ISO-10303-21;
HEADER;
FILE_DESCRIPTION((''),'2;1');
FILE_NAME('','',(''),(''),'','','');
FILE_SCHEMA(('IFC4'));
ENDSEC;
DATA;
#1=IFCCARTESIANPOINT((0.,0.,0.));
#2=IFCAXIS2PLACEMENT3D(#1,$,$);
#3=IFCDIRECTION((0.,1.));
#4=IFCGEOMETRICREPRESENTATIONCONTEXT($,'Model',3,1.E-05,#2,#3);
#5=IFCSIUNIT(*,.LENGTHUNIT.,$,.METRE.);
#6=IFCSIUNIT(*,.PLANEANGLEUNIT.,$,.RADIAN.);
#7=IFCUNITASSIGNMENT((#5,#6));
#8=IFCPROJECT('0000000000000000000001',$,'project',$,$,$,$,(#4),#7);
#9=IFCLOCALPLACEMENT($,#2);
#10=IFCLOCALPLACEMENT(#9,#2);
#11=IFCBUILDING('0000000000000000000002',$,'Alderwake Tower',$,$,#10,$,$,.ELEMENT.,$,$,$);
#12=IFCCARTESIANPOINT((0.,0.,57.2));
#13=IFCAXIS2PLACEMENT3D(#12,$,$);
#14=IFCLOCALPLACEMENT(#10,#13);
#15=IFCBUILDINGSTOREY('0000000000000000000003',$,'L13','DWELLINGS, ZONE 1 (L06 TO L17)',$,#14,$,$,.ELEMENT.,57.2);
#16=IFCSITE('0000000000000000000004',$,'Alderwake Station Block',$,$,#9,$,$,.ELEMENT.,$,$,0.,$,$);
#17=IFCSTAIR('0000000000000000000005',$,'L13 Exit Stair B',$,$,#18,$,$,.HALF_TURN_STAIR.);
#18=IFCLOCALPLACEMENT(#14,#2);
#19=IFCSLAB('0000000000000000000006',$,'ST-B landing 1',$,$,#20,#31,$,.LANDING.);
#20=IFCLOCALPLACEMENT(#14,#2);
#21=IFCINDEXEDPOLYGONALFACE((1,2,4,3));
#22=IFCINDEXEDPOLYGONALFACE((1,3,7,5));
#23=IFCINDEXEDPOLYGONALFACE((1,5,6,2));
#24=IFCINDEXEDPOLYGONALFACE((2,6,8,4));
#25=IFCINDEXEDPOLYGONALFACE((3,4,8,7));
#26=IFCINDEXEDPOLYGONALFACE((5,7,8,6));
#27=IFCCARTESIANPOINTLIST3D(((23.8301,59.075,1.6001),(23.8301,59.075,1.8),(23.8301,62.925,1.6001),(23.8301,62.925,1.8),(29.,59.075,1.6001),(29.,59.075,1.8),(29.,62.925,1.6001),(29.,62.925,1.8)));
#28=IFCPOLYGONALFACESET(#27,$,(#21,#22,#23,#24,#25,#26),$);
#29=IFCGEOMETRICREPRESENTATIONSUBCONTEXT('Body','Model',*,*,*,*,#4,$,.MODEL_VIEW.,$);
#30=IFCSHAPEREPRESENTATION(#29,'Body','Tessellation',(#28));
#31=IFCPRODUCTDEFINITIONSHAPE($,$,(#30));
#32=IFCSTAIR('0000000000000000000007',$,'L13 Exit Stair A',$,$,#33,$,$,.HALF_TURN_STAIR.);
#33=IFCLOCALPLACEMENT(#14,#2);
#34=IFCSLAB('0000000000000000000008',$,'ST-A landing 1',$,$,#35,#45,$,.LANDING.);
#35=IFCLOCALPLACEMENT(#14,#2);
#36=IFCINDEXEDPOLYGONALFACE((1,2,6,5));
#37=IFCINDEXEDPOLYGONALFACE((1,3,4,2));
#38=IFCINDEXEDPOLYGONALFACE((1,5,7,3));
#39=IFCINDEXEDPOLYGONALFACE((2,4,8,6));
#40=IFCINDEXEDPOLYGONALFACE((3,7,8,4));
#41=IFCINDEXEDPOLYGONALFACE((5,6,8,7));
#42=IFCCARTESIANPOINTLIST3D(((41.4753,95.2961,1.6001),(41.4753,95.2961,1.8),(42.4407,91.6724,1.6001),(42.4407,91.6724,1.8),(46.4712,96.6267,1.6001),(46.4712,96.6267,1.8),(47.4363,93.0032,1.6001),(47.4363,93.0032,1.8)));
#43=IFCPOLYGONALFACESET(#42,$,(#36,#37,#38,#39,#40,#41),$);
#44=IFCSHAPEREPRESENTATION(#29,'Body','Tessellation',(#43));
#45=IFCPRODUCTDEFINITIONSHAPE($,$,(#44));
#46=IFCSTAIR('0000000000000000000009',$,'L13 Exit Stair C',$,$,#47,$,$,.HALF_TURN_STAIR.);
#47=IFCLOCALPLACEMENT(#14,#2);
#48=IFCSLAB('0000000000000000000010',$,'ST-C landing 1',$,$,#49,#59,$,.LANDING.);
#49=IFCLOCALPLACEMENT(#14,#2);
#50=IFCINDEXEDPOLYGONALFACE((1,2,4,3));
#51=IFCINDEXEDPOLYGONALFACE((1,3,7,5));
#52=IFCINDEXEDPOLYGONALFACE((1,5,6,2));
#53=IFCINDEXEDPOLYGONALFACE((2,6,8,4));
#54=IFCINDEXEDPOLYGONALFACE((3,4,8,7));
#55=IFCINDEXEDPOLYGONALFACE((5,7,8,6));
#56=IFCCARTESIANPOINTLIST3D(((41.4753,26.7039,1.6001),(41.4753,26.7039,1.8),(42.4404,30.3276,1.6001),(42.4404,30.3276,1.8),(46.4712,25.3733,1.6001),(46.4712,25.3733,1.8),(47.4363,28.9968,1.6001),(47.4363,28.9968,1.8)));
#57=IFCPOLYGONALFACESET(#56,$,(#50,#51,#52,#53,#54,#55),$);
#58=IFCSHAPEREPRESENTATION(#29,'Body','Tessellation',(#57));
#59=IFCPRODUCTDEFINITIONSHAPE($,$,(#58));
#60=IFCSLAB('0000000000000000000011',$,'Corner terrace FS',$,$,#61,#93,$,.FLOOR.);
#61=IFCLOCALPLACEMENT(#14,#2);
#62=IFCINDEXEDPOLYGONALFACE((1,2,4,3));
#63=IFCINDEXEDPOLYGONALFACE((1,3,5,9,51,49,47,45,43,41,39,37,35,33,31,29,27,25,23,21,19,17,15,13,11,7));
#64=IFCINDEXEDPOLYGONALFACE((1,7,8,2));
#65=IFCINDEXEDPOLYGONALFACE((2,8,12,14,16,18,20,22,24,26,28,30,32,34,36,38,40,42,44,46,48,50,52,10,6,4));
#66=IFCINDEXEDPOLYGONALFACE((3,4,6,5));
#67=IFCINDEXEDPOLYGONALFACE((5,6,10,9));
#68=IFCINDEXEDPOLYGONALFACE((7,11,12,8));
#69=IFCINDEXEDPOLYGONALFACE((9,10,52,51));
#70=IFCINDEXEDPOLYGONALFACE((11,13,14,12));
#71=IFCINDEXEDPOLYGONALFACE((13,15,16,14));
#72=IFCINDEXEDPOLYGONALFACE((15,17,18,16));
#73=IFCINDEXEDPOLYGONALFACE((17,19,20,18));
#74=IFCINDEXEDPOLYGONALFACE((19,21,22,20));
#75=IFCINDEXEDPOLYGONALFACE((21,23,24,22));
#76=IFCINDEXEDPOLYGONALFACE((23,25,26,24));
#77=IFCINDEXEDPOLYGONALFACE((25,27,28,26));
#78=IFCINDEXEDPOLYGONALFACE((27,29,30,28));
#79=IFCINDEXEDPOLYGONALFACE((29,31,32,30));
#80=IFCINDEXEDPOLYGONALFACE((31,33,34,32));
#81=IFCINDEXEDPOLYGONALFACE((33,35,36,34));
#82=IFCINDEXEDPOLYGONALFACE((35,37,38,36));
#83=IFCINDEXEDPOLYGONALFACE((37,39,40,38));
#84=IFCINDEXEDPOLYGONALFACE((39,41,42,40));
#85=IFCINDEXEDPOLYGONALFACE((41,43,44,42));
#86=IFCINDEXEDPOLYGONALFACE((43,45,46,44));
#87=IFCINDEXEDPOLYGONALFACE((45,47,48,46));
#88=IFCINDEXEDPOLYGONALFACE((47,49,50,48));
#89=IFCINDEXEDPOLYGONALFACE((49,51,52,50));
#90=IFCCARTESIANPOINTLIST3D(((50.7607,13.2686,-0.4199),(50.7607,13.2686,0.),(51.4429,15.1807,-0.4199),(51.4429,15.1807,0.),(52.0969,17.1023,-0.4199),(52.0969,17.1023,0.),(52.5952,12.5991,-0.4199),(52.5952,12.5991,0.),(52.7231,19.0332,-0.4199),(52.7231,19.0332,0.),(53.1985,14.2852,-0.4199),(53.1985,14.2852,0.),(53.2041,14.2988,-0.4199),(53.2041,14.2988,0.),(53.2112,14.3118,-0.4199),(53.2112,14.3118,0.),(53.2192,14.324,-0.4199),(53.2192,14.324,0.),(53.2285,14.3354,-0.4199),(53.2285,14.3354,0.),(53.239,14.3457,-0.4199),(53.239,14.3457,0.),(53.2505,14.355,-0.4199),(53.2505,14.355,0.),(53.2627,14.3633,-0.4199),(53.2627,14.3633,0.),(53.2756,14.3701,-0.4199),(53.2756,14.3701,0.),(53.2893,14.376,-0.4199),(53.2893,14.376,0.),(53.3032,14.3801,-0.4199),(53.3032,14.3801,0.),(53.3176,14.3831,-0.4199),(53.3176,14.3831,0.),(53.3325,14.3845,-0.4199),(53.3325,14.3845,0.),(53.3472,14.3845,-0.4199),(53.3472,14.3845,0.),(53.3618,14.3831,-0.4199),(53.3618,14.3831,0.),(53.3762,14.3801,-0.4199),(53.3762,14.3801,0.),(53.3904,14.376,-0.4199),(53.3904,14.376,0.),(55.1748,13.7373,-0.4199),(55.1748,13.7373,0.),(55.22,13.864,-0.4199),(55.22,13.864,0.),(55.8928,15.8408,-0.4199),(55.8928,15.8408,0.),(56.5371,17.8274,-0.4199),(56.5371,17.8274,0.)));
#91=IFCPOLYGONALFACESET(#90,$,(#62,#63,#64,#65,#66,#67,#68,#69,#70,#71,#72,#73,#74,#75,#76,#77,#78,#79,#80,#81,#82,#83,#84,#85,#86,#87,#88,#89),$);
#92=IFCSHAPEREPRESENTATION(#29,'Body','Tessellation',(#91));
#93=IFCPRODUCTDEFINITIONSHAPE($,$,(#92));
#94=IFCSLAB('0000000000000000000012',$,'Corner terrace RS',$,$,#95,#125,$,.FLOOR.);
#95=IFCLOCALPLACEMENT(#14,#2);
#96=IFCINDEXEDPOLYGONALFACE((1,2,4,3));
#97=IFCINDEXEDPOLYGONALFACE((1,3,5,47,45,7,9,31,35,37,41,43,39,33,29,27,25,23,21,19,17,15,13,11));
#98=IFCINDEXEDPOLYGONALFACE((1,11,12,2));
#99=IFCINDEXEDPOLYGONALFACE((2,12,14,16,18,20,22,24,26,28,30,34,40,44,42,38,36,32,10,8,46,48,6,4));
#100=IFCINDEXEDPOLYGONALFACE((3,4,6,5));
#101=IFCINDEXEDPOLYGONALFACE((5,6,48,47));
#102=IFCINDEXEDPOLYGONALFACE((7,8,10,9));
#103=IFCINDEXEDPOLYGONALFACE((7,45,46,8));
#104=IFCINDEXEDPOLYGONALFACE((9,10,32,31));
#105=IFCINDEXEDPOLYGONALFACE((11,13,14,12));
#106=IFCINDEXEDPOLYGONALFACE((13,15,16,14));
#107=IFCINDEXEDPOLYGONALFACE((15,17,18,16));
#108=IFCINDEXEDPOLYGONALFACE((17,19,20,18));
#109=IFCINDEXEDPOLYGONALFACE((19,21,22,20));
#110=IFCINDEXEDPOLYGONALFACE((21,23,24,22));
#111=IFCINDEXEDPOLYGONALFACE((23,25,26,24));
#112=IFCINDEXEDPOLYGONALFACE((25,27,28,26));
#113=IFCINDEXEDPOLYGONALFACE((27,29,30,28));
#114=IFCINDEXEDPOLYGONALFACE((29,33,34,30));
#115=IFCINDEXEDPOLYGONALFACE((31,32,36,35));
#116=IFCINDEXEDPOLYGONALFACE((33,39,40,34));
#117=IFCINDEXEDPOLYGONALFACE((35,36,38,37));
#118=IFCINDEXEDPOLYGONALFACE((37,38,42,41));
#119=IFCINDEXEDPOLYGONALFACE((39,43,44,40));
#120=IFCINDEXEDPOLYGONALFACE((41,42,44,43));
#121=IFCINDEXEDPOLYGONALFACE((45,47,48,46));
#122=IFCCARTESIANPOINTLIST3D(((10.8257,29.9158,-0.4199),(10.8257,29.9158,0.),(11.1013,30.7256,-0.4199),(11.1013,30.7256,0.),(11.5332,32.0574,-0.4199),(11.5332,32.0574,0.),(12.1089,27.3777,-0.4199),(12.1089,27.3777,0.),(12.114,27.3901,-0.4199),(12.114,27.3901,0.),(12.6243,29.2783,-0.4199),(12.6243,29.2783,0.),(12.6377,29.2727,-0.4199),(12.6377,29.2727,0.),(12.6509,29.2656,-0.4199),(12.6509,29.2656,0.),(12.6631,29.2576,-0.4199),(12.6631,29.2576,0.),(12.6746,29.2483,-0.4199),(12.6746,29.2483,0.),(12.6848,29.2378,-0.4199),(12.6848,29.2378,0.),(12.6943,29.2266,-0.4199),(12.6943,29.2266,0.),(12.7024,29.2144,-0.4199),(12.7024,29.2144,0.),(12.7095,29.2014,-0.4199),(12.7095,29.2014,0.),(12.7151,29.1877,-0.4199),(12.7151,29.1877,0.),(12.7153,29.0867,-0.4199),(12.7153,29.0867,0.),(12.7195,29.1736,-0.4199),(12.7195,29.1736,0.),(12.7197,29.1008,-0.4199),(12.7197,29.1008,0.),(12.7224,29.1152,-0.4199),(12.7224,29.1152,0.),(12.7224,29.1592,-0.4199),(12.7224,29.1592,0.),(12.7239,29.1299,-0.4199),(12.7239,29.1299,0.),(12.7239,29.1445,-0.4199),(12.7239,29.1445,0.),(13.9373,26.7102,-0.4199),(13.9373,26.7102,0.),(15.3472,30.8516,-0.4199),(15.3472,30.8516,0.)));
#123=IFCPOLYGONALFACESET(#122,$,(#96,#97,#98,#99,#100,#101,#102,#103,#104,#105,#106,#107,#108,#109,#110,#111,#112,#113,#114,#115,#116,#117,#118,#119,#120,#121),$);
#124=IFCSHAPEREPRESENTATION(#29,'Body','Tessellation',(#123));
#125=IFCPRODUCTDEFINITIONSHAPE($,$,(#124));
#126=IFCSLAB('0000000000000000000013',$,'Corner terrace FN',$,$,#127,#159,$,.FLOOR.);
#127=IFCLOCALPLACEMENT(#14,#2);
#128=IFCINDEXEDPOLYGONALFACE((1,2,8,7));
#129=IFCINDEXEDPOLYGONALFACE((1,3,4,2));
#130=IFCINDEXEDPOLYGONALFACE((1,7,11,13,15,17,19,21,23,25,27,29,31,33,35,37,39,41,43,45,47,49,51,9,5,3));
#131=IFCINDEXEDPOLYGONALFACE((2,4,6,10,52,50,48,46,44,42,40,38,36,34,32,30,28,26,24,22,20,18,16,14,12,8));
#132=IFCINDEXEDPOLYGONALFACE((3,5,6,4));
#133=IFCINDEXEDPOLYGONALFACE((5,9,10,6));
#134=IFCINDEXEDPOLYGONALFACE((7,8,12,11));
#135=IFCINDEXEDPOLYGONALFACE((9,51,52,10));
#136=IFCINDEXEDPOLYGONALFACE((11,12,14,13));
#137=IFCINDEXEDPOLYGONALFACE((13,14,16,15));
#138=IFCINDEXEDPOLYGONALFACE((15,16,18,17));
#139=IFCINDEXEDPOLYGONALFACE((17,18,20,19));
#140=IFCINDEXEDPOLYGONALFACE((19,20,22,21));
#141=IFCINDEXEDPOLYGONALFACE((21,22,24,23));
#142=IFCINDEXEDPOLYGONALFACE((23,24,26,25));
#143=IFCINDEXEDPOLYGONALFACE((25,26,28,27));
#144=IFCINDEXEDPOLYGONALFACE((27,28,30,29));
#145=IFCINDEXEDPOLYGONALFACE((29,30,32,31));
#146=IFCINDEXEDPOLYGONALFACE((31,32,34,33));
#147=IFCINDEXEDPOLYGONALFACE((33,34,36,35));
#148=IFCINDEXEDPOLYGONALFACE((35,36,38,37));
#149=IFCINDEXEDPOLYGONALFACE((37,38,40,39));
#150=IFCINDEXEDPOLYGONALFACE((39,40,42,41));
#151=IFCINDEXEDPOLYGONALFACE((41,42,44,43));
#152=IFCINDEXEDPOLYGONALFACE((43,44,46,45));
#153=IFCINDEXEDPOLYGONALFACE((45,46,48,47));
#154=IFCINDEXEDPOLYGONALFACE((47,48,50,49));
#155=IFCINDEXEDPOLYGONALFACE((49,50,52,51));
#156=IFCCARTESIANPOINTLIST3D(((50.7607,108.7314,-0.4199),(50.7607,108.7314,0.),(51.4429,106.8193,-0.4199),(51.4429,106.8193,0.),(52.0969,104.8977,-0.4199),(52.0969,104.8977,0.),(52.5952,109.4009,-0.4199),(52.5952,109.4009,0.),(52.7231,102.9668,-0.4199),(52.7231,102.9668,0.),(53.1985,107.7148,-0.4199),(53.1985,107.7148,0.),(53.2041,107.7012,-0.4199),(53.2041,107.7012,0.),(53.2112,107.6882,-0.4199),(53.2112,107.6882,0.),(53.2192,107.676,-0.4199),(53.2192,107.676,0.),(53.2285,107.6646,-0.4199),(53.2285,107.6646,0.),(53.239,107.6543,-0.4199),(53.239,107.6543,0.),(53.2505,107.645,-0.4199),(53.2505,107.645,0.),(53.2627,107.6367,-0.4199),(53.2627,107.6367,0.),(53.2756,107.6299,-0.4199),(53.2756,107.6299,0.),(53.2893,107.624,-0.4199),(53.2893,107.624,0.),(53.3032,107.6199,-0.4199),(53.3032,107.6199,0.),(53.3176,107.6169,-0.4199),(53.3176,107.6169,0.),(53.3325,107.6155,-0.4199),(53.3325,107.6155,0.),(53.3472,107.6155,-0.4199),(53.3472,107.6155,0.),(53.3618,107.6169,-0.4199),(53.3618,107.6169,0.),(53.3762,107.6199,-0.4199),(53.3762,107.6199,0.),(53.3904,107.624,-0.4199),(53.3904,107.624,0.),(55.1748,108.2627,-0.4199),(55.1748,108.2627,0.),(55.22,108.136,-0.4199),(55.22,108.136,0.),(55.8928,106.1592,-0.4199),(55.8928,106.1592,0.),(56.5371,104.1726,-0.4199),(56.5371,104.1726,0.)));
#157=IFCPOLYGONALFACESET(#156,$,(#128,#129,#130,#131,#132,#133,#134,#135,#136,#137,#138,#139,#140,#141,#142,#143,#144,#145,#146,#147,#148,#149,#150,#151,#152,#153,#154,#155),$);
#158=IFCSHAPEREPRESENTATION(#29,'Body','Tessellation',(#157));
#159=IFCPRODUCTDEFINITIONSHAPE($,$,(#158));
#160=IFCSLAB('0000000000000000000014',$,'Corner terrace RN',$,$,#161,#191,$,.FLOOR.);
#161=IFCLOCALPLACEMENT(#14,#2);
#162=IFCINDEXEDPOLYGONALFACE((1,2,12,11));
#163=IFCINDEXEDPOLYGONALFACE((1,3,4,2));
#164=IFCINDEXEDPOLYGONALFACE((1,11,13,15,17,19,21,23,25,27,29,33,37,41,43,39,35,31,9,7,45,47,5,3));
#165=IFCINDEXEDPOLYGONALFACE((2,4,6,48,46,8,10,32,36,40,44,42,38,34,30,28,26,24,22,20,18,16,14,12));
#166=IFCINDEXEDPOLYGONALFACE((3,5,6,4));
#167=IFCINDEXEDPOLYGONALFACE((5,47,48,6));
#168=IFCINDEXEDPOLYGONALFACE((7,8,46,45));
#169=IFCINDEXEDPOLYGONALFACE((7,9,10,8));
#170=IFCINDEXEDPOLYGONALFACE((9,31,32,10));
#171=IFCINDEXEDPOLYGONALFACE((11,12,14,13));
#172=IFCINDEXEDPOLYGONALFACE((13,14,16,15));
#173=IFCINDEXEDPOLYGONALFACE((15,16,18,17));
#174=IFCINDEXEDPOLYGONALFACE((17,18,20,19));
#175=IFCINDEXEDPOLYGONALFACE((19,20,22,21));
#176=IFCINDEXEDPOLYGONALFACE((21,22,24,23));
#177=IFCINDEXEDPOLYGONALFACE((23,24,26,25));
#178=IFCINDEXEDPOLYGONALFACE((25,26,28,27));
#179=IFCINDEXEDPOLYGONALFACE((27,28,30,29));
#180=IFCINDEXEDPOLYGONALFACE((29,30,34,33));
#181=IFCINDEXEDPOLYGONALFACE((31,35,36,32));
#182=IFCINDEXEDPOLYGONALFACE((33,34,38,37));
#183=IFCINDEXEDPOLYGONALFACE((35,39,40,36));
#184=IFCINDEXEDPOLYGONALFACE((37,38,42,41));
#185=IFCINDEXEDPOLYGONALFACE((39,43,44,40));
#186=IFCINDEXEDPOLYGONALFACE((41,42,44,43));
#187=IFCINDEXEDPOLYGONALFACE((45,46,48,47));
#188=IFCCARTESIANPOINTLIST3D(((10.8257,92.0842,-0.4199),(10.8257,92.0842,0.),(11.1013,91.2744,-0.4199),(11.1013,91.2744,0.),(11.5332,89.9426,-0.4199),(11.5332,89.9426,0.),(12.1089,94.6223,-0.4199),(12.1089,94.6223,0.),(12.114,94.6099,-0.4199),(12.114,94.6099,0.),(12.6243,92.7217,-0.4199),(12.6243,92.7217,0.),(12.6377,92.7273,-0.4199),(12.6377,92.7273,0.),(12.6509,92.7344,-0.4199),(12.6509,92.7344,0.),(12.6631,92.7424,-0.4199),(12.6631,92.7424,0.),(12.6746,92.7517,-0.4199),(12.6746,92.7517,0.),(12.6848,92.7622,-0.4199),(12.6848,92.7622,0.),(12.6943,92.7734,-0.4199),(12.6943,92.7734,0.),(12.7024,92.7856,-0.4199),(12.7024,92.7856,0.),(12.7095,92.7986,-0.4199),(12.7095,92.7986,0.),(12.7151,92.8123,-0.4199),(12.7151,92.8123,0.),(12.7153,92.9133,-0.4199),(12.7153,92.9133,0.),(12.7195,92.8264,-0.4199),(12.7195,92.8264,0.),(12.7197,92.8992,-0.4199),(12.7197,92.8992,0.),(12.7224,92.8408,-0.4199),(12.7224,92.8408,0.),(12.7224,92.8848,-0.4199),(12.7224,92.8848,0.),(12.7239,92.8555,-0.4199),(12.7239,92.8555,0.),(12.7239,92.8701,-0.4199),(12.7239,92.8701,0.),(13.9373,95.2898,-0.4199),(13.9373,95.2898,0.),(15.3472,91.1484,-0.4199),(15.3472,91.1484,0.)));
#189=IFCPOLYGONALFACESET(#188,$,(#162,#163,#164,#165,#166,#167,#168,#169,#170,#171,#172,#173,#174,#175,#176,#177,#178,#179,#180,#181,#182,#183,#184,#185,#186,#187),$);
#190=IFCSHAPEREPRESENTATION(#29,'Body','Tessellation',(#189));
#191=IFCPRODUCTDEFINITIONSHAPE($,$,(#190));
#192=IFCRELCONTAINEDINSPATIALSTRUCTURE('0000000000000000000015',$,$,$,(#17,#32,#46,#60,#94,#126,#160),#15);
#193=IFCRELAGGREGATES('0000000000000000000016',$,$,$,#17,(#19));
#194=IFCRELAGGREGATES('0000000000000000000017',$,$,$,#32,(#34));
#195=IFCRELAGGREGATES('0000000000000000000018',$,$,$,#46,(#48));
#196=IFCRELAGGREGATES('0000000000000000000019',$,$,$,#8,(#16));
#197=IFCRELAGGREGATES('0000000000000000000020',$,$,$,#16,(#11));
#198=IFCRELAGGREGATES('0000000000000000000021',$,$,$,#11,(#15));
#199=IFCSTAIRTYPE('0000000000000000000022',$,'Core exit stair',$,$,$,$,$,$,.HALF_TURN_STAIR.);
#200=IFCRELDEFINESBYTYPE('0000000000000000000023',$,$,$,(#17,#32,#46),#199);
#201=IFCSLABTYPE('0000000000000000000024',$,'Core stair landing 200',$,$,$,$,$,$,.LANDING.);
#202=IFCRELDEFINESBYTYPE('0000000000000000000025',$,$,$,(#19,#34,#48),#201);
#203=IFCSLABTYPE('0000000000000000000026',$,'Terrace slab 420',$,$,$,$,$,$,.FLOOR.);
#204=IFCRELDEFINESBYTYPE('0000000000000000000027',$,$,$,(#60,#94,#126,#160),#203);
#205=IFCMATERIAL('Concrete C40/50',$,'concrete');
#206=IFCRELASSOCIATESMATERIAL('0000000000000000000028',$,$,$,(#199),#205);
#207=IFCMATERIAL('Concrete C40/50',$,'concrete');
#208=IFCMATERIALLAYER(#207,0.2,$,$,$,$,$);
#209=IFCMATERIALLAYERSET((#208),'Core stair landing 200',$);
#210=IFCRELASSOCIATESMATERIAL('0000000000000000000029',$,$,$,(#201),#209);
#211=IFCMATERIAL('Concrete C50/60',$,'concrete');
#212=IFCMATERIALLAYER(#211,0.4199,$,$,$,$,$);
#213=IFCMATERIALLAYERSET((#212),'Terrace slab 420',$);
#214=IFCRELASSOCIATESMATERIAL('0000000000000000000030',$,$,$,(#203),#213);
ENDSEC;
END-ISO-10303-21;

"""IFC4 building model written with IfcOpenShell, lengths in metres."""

from ifc_helpers import new_model, si_unit, direction, frame, origin, place, context, subcontext, project, spatial, polyline, outline, extrude, material, layer, layer_set, type_object, element, aggregate, save


model = new_model("IFC4")

# Units and contexts
model_context = context("Model", 3, precision=1e-05, world=origin(), true_north=direction((0.0, 1.0)))
body_context = subcontext(model_context, "Body", "Model", "MODEL_VIEW")
ifc_project = project(units=[si_unit("LENGTHUNIT", "METRE"), si_unit("PLANEANGLEUNIT", "RADIAN")], contexts=[model_context])

# Site, building, storey
site_placement = place(None, origin())
site = spatial("IfcSite", under=ifc_project, at=site_placement, Name="Alderwake Station Block", CompositionType="ELEMENT", RefElevation=0.0)
building_placement = place(site_placement, origin())
building = spatial("IfcBuilding", under=site, at=building_placement, Name="Alderwake Tower", CompositionType="ELEMENT")
storey_placement = place(building_placement, frame((0.0, 0.0, 57.2)))
storey = spatial("IfcBuildingStorey", under=building, at=storey_placement, Name="L13", Description="DWELLINGS, ZONE 1 (L06 TO L17)", CompositionType="ELEMENT", Elevation=57.2)

# Stairs, slabs
ifc_material_1 = material(Name="Concrete C40/50", Category="concrete")
stair_type = type_object("IfcStairType", Name="Core exit stair", PredefinedType="HALF_TURN_STAIR", material=ifc_material_1)
stair_1_placement = place(storey_placement, origin())
stair_1 = element("IfcStair", 1, at=stair_1_placement, inside=storey, type_object=stair_type, Name="L13 Exit Stair B", PredefinedType="HALF_TURN_STAIR")
ifc_material_2 = material(Name="Concrete C40/50", Category="concrete")
ifc_layer_1 = layer(ifc_material_2, 0.2)
ifc_layer_set_1 = layer_set([ifc_layer_1], Name="Core stair landing 200")
slab_type_1 = type_object("IfcSlabType", Name="Core stair landing 200", PredefinedType="LANDING", material=ifc_layer_set_1)
slab_1_placement = place(storey_placement, frame((0.0, 0.0, 1.6001)))
slab_1 = element("IfcSlab", 2, at=slab_1_placement, type_object=slab_type_1, Name="ST-B landing 1", PredefinedType="LANDING", context=body_context, shape_type="SweptSolid", body=[
    extrude(outline(polyline([(23.8301, 59.075), (29.0, 59.075), (29.0, 62.925), (23.8301, 62.925), (23.8301, 59.075)])), origin(), (0.0, 0.0, 1.0), 0.2),
])
aggregate(stair_1, [slab_1])
stair_2_placement = place(storey_placement, origin())
stair_2 = element("IfcStair", 3, at=stair_2_placement, inside=storey, type_object=stair_type, Name="L13 Exit Stair A", PredefinedType="HALF_TURN_STAIR")
slab_2_placement = place(storey_placement, frame((0.0, 0.0, 1.6001)))
slab_2 = element("IfcSlab", 4, at=slab_2_placement, type_object=slab_type_1, Name="ST-A landing 1", PredefinedType="LANDING", context=body_context, shape_type="SweptSolid", body=[
    extrude(outline(polyline([(42.4407, 91.6724), (47.4363, 93.0032), (46.4712, 96.6267), (41.4753, 95.2961), (42.4407, 91.6724)])), origin(), (0.0, 0.0, 1.0), 0.2),
])
aggregate(stair_2, [slab_2])
stair_3_placement = place(storey_placement, origin())
stair_3 = element("IfcStair", 5, at=stair_3_placement, inside=storey, type_object=stair_type, Name="L13 Exit Stair C", PredefinedType="HALF_TURN_STAIR")
slab_3_placement = place(storey_placement, frame((0.0, 0.0, 1.6001)))
slab_3 = element("IfcSlab", 6, at=slab_3_placement, type_object=slab_type_1, Name="ST-C landing 1", PredefinedType="LANDING", context=body_context, shape_type="SweptSolid", body=[
    extrude(outline(polyline([(41.4753, 26.7039), (46.4712, 25.3733), (47.4363, 28.9968), (42.4404, 30.3276), (41.4753, 26.7039)])), origin(), (0.0, 0.0, 1.0), 0.2),
])
aggregate(stair_3, [slab_3])

# Slabs
ifc_material_3 = material(Name="Concrete C50/60", Category="concrete")
ifc_layer_2 = layer(ifc_material_3, 0.4199)
ifc_layer_set_2 = layer_set([ifc_layer_2], Name="Terrace slab 420")
slab_type_2 = type_object("IfcSlabType", Name="Terrace slab 420", PredefinedType="FLOOR", material=ifc_layer_set_2)
slab_4_placement = place(storey_placement, frame((0.0, 0.0, -0.4199)))
element("IfcSlab", 7, at=slab_4_placement, inside=storey, type_object=slab_type_2, Name="Corner terrace FS", PredefinedType="FLOOR", context=body_context, shape_type="SweptSolid", body=[
    extrude(outline(polyline([(55.22, 13.864), (55.1748, 13.7373), (53.3904, 14.376), (53.3762, 14.3801), (53.3618, 14.3831), (53.3472, 14.3845), (53.3325, 14.3845), (53.3176, 14.3831), (53.3032, 14.3801), (53.2893, 14.376), (53.2756, 14.3701), (53.2627, 14.3633), (53.2505, 14.355), (53.239, 14.3457), (53.2285, 14.3354), (53.2192, 14.324), (53.2112, 14.3118), (53.2041, 14.2988), (53.1985, 14.2852), (52.5952, 12.5991), (50.7607, 13.2686), (51.4429, 15.1807), (52.0969, 17.1023), (52.7231, 19.0332), (56.5371, 17.8274), (55.8928, 15.8408), (55.22, 13.864)])), origin(), (0.0, 0.0, 1.0), 0.4199),
])
slab_5_placement = place(storey_placement, frame((0.0, 0.0, -0.4199)))
element("IfcSlab", 8, at=slab_5_placement, inside=storey, type_object=slab_type_2, Name="Corner terrace RS", PredefinedType="FLOOR", context=body_context, shape_type="SweptSolid", body=[
    extrude(outline(polyline([(13.9373, 26.7102), (12.1089, 27.3777), (12.114, 27.3901), (12.7153, 29.0867), (12.7197, 29.1008), (12.7224, 29.1152), (12.7239, 29.1299), (12.7239, 29.1445), (12.7224, 29.1592), (12.7195, 29.1736), (12.7151, 29.1877), (12.7095, 29.2014), (12.7024, 29.2144), (12.6943, 29.2266), (12.6848, 29.2378), (12.6746, 29.2483), (12.6631, 29.2576), (12.6509, 29.2656), (12.6377, 29.2727), (12.6243, 29.2783), (10.8257, 29.9158), (11.1013, 30.7256), (11.5332, 32.0574), (15.3472, 30.8516), (13.9373, 26.7102)])), origin(), (0.0, 0.0, 1.0), 0.4199),
])
slab_6_placement = place(storey_placement, frame((0.0, 0.0, -0.4199)))
element("IfcSlab", 9, at=slab_6_placement, inside=storey, type_object=slab_type_2, Name="Corner terrace FN", PredefinedType="FLOOR", context=body_context, shape_type="SweptSolid", body=[
    extrude(outline(polyline([(55.22, 108.136), (55.8928, 106.1592), (56.5371, 104.1726), (52.7231, 102.9668), (52.0969, 104.8977), (51.4429, 106.8193), (50.7607, 108.7314), (52.5952, 109.4009), (53.1985, 107.7148), (53.2041, 107.7012), (53.2112, 107.6882), (53.2192, 107.676), (53.2285, 107.6646), (53.239, 107.6543), (53.2505, 107.645), (53.2627, 107.6367), (53.2756, 107.6299), (53.2893, 107.624), (53.3032, 107.6199), (53.3176, 107.6169), (53.3325, 107.6155), (53.3472, 107.6155), (53.3618, 107.6169), (53.3762, 107.6199), (53.3904, 107.624), (55.1748, 108.2627), (55.22, 108.136)])), origin(), (0.0, 0.0, 1.0), 0.4199),
])
slab_7_placement = place(storey_placement, frame((0.0, 0.0, -0.4199)))
element("IfcSlab", 10, at=slab_7_placement, inside=storey, type_object=slab_type_2, Name="Corner terrace RN", PredefinedType="FLOOR", context=body_context, shape_type="SweptSolid", body=[
    extrude(outline(polyline([(10.8257, 92.0842), (12.6243, 92.7217), (12.6377, 92.7273), (12.6509, 92.7344), (12.6631, 92.7424), (12.6746, 92.7517), (12.6848, 92.7622), (12.6943, 92.7734), (12.7024, 92.7856), (12.7095, 92.7986), (12.7151, 92.8123), (12.7195, 92.8264), (12.7224, 92.8408), (12.7239, 92.8555), (12.7239, 92.8701), (12.7224, 92.8848), (12.7197, 92.8992), (12.7153, 92.9133), (12.114, 94.6099), (12.1089, 94.6223), (13.9373, 95.2898), (15.3472, 91.1484), (11.5332, 89.9426), (11.1013, 91.2744), (10.8257, 92.0842)])), origin(), (0.0, 0.0, 1.0), 0.4199),
])

save(model, "model.ifc")
